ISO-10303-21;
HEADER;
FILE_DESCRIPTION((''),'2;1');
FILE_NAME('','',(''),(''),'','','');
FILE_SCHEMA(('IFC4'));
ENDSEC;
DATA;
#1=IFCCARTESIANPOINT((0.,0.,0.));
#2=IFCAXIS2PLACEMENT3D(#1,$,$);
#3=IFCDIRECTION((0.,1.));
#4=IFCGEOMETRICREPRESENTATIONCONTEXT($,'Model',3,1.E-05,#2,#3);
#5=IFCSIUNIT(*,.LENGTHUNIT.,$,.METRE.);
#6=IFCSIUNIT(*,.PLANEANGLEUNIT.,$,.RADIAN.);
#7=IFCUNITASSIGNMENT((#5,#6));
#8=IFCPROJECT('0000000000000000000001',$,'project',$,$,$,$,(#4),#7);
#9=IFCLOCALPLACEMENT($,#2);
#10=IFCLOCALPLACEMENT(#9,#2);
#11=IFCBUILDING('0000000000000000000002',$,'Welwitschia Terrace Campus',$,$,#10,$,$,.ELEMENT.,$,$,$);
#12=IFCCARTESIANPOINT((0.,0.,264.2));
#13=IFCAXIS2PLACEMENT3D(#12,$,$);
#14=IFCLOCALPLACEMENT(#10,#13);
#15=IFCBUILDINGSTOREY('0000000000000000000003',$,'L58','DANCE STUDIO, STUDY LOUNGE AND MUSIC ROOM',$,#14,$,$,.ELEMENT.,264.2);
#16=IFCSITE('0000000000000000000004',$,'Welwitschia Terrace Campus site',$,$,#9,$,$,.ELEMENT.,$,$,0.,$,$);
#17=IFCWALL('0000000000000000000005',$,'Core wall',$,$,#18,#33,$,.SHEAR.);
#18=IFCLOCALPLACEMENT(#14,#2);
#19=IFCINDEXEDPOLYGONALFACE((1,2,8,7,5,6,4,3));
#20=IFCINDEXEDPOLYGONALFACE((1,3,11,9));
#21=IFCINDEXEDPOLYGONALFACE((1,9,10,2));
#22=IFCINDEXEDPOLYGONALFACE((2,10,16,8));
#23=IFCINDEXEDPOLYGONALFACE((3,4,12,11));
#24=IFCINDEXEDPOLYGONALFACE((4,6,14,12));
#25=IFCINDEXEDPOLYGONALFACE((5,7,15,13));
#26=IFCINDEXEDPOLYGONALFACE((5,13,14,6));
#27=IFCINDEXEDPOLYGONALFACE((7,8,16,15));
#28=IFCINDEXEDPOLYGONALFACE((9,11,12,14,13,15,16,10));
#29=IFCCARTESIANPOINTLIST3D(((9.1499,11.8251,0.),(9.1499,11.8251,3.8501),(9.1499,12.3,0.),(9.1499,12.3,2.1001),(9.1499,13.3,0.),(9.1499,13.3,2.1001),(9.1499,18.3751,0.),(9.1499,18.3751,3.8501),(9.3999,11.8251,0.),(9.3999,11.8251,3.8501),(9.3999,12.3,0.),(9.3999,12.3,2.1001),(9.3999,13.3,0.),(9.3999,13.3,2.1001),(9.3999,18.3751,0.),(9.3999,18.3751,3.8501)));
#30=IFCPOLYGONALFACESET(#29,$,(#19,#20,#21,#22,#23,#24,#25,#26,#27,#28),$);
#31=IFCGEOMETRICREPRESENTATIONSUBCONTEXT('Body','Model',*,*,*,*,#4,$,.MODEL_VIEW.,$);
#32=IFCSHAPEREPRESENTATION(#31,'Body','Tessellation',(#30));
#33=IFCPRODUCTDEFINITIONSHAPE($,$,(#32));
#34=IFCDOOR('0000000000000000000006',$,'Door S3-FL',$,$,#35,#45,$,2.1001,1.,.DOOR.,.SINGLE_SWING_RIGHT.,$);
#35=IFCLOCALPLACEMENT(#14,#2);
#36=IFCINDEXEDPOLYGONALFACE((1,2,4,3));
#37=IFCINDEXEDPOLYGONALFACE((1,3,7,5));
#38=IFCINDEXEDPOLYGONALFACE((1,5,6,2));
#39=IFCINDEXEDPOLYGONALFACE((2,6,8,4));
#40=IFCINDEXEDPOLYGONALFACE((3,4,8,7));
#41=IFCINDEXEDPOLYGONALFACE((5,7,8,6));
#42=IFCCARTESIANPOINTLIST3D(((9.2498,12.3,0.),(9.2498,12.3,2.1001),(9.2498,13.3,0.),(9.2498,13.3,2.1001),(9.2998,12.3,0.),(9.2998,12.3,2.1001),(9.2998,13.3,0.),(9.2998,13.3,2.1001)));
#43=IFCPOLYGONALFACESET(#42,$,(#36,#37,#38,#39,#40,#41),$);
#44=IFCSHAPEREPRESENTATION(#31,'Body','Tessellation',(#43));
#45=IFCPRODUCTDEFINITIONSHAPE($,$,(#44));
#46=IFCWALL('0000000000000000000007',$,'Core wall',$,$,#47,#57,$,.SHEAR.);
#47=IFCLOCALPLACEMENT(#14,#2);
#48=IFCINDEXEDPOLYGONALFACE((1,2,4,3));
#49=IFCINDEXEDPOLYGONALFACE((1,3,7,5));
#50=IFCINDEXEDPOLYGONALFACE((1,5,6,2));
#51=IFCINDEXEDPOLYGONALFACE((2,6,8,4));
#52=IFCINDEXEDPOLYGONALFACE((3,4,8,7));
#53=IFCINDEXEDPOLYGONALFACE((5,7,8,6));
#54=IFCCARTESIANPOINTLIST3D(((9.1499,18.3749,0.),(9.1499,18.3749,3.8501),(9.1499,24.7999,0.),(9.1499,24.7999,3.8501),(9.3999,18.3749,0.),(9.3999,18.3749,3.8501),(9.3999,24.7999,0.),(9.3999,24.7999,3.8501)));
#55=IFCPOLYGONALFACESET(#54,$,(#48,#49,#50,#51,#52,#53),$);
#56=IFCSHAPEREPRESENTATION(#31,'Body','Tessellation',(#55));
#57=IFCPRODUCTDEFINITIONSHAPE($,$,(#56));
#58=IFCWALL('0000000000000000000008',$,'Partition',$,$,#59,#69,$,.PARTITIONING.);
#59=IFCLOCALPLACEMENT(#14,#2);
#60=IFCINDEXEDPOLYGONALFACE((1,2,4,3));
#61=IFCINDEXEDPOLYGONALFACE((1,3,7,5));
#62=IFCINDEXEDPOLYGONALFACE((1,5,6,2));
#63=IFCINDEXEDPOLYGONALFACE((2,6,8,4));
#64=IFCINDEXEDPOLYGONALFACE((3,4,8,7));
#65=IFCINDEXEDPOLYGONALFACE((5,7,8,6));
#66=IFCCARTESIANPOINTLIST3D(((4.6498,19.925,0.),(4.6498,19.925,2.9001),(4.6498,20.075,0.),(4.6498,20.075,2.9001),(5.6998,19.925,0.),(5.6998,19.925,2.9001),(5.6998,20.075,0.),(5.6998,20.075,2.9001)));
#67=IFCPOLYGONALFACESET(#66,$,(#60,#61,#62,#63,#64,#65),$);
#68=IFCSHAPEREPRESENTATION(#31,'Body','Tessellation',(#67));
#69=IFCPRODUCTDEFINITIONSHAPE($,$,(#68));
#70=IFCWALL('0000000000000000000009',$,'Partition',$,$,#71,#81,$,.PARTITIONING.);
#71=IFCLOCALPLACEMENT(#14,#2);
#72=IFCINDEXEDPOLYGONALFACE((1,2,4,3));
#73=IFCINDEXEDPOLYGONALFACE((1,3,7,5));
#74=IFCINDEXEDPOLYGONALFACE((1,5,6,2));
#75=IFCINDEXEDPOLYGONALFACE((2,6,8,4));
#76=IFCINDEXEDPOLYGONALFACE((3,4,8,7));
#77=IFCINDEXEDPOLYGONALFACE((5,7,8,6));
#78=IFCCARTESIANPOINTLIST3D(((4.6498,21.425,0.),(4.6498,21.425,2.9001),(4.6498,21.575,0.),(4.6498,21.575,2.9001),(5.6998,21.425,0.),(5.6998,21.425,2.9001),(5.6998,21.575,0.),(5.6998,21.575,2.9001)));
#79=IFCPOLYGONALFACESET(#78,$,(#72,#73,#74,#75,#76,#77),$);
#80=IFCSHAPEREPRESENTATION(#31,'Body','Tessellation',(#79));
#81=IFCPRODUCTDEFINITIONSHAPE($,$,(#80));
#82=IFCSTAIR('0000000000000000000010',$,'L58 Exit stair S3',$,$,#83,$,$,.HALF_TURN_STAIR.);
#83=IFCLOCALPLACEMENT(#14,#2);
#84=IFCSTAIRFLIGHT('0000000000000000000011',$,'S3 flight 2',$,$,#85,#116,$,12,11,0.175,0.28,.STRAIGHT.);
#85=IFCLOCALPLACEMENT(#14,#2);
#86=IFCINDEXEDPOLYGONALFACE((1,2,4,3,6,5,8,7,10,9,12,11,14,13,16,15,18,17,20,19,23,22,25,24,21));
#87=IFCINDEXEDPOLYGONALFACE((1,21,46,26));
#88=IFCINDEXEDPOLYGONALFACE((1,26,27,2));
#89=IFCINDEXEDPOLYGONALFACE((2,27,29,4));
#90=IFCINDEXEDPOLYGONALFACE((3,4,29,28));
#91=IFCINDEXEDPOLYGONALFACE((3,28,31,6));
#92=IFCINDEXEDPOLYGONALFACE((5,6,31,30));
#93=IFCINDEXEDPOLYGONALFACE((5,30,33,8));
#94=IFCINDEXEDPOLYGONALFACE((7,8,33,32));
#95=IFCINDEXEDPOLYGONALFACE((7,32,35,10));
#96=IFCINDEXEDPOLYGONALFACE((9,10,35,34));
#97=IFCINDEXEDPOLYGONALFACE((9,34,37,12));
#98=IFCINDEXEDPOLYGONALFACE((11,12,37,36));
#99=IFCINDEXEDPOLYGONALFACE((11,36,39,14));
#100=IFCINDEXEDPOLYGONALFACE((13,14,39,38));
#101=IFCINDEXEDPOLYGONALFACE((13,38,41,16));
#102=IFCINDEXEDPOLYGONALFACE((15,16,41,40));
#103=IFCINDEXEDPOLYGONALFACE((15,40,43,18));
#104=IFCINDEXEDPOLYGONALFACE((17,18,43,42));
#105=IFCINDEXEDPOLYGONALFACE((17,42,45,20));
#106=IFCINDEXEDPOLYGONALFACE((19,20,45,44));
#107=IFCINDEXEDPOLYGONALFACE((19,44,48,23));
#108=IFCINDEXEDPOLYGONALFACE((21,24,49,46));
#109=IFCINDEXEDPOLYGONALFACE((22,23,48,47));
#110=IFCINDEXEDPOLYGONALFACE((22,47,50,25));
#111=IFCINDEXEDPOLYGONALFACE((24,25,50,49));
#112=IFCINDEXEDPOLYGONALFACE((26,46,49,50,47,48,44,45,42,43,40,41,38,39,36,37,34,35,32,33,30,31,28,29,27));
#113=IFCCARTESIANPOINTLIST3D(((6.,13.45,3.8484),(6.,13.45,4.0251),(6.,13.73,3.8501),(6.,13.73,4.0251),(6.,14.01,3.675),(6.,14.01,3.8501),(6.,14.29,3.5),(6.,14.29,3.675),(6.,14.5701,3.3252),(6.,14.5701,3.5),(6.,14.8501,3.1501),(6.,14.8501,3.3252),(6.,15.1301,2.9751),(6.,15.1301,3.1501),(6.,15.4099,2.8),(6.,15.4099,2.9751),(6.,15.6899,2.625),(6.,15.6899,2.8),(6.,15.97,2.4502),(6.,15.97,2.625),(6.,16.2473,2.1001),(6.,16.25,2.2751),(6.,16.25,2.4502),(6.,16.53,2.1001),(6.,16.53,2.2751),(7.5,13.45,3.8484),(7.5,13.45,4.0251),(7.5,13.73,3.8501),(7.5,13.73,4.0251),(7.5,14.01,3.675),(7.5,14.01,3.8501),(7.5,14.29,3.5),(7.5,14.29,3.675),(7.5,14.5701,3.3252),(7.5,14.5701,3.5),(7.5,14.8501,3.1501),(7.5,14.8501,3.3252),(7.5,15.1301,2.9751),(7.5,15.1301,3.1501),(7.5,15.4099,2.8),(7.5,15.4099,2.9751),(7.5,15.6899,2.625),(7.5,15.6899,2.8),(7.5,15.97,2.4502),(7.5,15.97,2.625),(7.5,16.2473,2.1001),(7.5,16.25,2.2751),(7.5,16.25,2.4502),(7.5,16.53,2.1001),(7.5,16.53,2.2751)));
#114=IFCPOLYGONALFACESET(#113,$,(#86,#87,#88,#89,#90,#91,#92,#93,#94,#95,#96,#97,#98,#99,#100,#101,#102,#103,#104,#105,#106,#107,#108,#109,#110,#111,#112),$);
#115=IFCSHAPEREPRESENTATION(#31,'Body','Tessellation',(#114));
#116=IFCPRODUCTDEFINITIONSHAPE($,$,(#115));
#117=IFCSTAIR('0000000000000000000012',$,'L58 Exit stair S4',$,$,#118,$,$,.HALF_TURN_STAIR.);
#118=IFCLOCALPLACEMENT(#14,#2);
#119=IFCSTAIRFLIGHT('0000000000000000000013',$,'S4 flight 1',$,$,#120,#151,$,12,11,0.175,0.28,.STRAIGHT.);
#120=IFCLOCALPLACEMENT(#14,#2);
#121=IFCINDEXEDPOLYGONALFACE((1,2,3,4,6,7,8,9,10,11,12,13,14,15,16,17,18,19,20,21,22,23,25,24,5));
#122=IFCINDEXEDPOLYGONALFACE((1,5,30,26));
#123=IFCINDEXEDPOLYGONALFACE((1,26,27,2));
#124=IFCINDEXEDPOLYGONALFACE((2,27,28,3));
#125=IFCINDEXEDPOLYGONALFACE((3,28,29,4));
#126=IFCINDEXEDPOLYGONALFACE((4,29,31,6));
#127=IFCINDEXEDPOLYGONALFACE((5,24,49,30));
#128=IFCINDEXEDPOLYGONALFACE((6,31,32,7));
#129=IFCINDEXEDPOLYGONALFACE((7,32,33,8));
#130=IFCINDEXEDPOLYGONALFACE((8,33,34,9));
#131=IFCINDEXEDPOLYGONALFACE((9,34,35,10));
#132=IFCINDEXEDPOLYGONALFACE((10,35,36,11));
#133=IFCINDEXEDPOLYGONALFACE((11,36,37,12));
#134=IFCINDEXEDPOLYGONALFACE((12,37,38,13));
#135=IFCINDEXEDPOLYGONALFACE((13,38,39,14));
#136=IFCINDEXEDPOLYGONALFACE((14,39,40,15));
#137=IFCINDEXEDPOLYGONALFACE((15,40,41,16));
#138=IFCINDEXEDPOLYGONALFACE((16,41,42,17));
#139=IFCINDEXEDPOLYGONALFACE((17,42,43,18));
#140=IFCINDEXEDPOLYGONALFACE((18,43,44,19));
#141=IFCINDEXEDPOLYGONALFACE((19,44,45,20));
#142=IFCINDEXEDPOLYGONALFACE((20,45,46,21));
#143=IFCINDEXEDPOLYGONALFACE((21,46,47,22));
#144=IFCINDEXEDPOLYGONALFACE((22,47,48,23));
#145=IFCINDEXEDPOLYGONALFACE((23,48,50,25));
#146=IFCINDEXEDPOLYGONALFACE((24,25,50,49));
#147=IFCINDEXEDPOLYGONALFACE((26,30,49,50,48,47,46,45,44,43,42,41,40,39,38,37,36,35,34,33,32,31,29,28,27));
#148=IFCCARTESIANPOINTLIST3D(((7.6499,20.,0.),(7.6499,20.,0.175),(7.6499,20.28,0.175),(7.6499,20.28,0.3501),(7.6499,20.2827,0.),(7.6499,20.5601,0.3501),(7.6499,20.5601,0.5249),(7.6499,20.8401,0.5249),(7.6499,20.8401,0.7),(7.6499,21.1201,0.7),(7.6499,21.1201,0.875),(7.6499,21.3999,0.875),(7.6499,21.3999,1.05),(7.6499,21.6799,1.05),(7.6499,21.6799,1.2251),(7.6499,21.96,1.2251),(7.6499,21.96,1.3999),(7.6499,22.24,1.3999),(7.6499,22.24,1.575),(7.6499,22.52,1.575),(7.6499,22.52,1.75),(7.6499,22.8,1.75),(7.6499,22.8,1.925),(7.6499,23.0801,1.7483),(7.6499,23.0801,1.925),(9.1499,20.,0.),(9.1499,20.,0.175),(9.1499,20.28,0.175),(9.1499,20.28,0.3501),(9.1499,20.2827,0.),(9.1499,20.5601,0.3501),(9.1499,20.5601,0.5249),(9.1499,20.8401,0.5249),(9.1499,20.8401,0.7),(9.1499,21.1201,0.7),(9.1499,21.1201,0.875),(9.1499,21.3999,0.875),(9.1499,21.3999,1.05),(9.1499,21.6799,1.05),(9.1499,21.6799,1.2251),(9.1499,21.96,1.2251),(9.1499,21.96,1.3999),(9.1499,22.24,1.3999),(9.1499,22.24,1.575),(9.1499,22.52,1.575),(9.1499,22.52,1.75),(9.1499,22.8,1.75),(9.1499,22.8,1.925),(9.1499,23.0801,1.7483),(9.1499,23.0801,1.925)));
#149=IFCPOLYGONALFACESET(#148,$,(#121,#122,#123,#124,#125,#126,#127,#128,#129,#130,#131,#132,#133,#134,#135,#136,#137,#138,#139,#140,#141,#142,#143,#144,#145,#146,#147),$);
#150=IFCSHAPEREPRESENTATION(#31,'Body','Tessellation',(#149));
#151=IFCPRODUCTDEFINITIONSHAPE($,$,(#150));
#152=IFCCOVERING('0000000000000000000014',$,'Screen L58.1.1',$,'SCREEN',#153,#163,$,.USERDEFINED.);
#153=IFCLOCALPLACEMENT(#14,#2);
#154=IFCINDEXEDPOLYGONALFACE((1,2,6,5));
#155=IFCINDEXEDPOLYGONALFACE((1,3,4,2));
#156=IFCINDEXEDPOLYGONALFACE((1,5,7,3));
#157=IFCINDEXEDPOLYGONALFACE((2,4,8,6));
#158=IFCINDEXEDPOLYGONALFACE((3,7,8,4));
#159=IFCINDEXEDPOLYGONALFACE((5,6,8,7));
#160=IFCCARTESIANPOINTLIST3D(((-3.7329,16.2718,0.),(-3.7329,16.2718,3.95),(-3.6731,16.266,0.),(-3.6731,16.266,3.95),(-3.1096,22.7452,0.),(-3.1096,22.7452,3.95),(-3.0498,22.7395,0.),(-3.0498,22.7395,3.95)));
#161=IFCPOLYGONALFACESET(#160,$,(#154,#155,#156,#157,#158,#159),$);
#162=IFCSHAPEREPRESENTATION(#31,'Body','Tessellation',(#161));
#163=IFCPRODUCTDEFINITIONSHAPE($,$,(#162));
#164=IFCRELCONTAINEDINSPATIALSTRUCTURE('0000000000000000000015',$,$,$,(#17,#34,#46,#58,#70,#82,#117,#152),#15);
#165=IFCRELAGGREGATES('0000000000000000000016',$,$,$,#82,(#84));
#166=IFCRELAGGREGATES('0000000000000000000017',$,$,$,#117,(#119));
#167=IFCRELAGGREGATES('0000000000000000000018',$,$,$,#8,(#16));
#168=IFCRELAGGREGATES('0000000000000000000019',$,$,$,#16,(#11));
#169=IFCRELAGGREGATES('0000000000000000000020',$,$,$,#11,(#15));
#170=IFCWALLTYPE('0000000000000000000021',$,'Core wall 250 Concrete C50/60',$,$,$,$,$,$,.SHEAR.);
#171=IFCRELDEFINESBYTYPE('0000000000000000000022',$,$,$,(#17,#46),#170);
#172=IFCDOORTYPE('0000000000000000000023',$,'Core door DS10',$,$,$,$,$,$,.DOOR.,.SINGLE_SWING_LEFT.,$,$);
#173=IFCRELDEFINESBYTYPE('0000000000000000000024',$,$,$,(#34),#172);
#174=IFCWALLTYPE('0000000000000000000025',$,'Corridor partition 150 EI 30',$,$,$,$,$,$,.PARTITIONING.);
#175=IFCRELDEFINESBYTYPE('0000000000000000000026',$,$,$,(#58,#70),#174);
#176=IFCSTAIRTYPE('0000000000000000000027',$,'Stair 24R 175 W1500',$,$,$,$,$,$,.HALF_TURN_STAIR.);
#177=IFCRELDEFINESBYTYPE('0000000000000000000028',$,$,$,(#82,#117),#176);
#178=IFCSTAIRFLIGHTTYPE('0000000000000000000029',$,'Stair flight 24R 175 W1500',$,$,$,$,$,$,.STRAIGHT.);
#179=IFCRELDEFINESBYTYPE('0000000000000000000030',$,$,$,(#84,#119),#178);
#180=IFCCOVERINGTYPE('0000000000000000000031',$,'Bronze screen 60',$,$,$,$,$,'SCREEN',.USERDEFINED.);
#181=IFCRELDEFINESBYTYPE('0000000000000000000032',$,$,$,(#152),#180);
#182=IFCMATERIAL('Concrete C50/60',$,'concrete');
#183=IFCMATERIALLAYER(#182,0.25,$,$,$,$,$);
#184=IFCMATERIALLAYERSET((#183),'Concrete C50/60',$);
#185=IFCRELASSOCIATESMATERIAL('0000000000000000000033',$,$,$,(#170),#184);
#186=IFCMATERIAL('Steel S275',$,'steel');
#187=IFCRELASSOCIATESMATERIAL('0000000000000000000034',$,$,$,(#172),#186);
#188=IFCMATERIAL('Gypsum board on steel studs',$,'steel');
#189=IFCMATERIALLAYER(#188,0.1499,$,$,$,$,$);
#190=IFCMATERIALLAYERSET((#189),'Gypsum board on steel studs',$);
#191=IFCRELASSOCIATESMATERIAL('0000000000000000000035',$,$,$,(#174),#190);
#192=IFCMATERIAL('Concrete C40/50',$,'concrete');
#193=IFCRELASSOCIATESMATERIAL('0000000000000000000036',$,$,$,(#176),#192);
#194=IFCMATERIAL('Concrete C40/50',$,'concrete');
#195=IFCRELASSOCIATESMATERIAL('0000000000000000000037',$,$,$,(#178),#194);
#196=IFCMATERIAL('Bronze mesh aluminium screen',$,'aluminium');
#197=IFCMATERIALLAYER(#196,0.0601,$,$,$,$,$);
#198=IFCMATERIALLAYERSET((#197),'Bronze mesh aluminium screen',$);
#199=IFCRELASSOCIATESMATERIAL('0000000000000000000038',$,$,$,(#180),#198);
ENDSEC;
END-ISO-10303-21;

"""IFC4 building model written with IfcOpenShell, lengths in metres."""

from ifc_helpers import new_model, si_unit, direction, frame, frame_2d, origin, origin_2d, place, context, subcontext, project, spatial, polyline, rectangle, outline, extrude, material, layer, layer_set, type_object, element, fill, aggregate, save


model = new_model("IFC4")

# Units and contexts
model_context = context("Model", 3, precision=1e-05, world=origin(), true_north=direction((0.0, 1.0)))
body_context = subcontext(model_context, "Body", "Model", "MODEL_VIEW")
ifc_project = project(units=[si_unit("LENGTHUNIT", "METRE"), si_unit("PLANEANGLEUNIT", "RADIAN")], contexts=[model_context])

# Site, building, storey
site_placement = place(None, origin())
site = spatial("IfcSite", under=ifc_project, at=site_placement, Name="Welwitschia Terrace Campus site", CompositionType="ELEMENT", RefElevation=0.0)
building_placement = place(site_placement, origin())
building = spatial("IfcBuilding", under=site, at=building_placement, Name="Welwitschia Terrace Campus", CompositionType="ELEMENT")
storey_placement = place(building_placement, frame((0.0, 0.0, 264.2)))
storey = spatial("IfcBuildingStorey", under=building, at=storey_placement, Name="L58", Description="DANCE STUDIO, STUDY LOUNGE AND MUSIC ROOM", CompositionType="ELEMENT", Elevation=264.2)

# Shared definitions
ifc_material_1 = material(Name="Concrete C50/60", Category="concrete")
ifc_layer_1 = layer(ifc_material_1, 0.25)
ifc_layer_set_1 = layer_set([ifc_layer_1], Name="Concrete C50/60")
wall_type_1 = type_object("IfcWallType", Name="Core wall 250 Concrete C50/60", PredefinedType="SHEAR", material=ifc_layer_set_1)

# Wall, opening, door
wall_1_placement = place(storey_placement, frame((9.2749, 18.375, 0.0), z_axis=(0.0, 0.0, 1.0), x_axis=(0.0, -1.0, 0.0)))
wall_1 = element("IfcWall", 1, at=wall_1_placement, inside=storey, type_object=wall_type_1, Name="Core wall", PredefinedType="SHEAR", context=body_context, shape_type="SweptSolid", body=[
    extrude(rectangle(XDim=6.55, YDim=0.25, at=frame_2d((3.2749, 0.0))), origin(), (0.0, 0.0, 1.0), 3.8501),
])
opening_placement = place(wall_1_placement, frame((5.075, 0.0, 0.0)))
opening = element("IfcOpeningElement", 2, at=opening_placement, cuts=wall_1, PredefinedType="OPENING", context=body_context, shape_type="SweptSolid", body=[
    extrude(rectangle(XDim=1.0, YDim=2.1001, at=frame_2d((0.5, 1.05))), frame((0.0, 0.135, 0.0), z_axis=(0.0, -1.0, 0.0), x_axis=(1.0, 0.0, 0.0)), (0.0, 0.0, 1.0), 0.27),
])
ifc_material_2 = material(Name="Steel S275", Category="steel")
door_type = type_object("IfcDoorType", Name="Core door DS10", OperationType="SINGLE_SWING_LEFT", PredefinedType="DOOR", material=ifc_material_2)
door_placement = place(opening_placement, origin())
door = element("IfcDoor", 3, at=door_placement, inside=storey, type_object=door_type, Name="Door S3-FL", OperationType="SINGLE_SWING_RIGHT", OverallHeight=2.1001, OverallWidth=1.0, PredefinedType="DOOR", context=body_context, shape_type="SweptSolid", body=[
    extrude(rectangle(XDim=1.0, YDim=2.1001, at=frame_2d((0.5, 1.05))), frame((0.0, 0.0249, 0.0), z_axis=(0.0, -1.0, 0.0), x_axis=(1.0, 0.0, 0.0)), (0.0, 0.0, 1.0), 0.05),
])
fill(opening, door)

# Walls
wall_2_placement = place(storey_placement, frame((9.2749, 18.375, 0.0), z_axis=(0.0, 0.0, 1.0), x_axis=(0.0, 1.0, 0.0)))
element("IfcWall", 4, at=wall_2_placement, inside=storey, type_object=wall_type_1, Name="Core wall", PredefinedType="SHEAR", context=body_context, shape_type="SweptSolid", body=[
    extrude(rectangle(XDim=6.425, YDim=0.25, at=frame_2d((3.2124, 0.0))), origin(), (0.0, 0.0, 1.0), 3.8501),
])
ifc_material_3 = material(Name="Gypsum board on steel studs", Category="steel")
ifc_layer_2 = layer(ifc_material_3, 0.1499)
ifc_layer_set_2 = layer_set([ifc_layer_2], Name="Gypsum board on steel studs")
wall_type_2 = type_object("IfcWallType", Name="Corridor partition 150 EI 30", PredefinedType="PARTITIONING", material=ifc_layer_set_2)
for number, where, z_axis, x_axis, name in (
    (5, (4.6499, 20.0, 0.0), (0.0, 0.0, 1.0), (1.0, 0.0, 0.0), "Partition"),
    (6, (4.6499, 21.5, 0.0), (0.0, 0.0, 1.0), (1.0, 0.0, 0.0), "Partition"),
):
    element("IfcWall", number, at=place(storey_placement, frame(where, z_axis=z_axis, x_axis=x_axis)), inside=storey, type_object=wall_type_2, Name=name, PredefinedType="PARTITIONING", context=body_context, shape_type="SweptSolid", body=[
        extrude(rectangle(XDim=1.05, YDim=0.1499, at=frame_2d((0.5249, 0.0))), origin(), (0.0, 0.0, 1.0), 2.9001),
    ])

# Stairs, stair flights
ifc_material_4 = material(Name="Concrete C40/50", Category="concrete")
stair_type = type_object("IfcStairType", Name="Stair 24R 175 W1500", PredefinedType="HALF_TURN_STAIR", material=ifc_material_4)
stair_1_placement = place(storey_placement, origin())
stair_1 = element("IfcStair", 7, at=stair_1_placement, inside=storey, type_object=stair_type, Name="L58 Exit stair S3", PredefinedType="HALF_TURN_STAIR")
ifc_material_5 = material(Name="Concrete C40/50", Category="concrete")
stair_flight_type = type_object("IfcStairFlightType", Name="Stair flight 24R 175 W1500", PredefinedType="STRAIGHT", material=ifc_material_5)
stair_flight_1_placement = place(storey_placement, frame((6.75, 16.53, 2.1001), z_axis=(0.0, 0.0, 1.0), x_axis=(0.0, -1.0, 0.0)))
stair_flight_1 = element("IfcStairFlight", 8, at=stair_flight_1_placement, type_object=stair_flight_type, Name="S3 flight 2", NumberOfRisers=12, NumberOfTreads=11, PredefinedType="STRAIGHT", RiserHeight=0.175, TreadLength=0.28, context=body_context, shape_type="SweptSolid", body=[
    extrude(outline(polyline([(0.0, 0.0), (0.0, 0.175), (0.28, 0.175), (0.28, 0.3501), (0.5601, 0.3501), (0.5601, 0.5249), (0.8401, 0.5249), (0.8401, 0.7), (1.1201, 0.7), (1.1201, 0.875), (1.3999, 0.875), (1.3999, 1.05), (1.6799, 1.05), (1.6799, 1.2251), (1.96, 1.2251), (1.96, 1.3999), (2.24, 1.3999), (2.24, 1.575), (2.52, 1.575), (2.52, 1.75), (2.8, 1.75), (2.8, 1.925), (3.0801, 1.925), (3.0801, 2.1001), (3.0801, 1.7483), (0.2827, 0.0), (0.0, 0.0)])), frame((0.0, 0.75, 0.0), z_axis=(0.0, -1.0, 0.0), x_axis=(1.0, 0.0, 0.0)), (0.0, 0.0, 1.0), 1.5),
])
aggregate(stair_1, [stair_flight_1])
stair_2_placement = place(storey_placement, origin())
stair_2 = element("IfcStair", 9, at=stair_2_placement, inside=storey, type_object=stair_type, Name="L58 Exit stair S4", PredefinedType="HALF_TURN_STAIR")
stair_flight_2_placement = place(storey_placement, frame((8.3999, 20.0, 0.0), z_axis=(0.0, 0.0, 1.0), x_axis=(0.0, 1.0, 0.0)))
stair_flight_2 = element("IfcStairFlight", 10, at=stair_flight_2_placement, type_object=stair_flight_type, Name="S4 flight 1", NumberOfRisers=12, NumberOfTreads=11, PredefinedType="STRAIGHT", RiserHeight=0.175, TreadLength=0.28, context=body_context, shape_type="SweptSolid", body=[
    extrude(outline(polyline([(0.0, 0.0), (0.0, 0.175), (0.28, 0.175), (0.28, 0.3501), (0.5601, 0.3501), (0.5601, 0.5249), (0.8401, 0.5249), (0.8401, 0.7), (1.1201, 0.7), (1.1201, 0.875), (1.3999, 0.875), (1.3999, 1.05), (1.6799, 1.05), (1.6799, 1.2251), (1.96, 1.2251), (1.96, 1.3999), (2.24, 1.3999), (2.24, 1.575), (2.52, 1.575), (2.52, 1.75), (2.8, 1.75), (2.8, 1.925), (3.0801, 1.925), (3.0801, 2.1001), (3.0801, 1.7483), (0.2827, 0.0), (0.0, 0.0)])), frame((0.0, 0.75, 0.0), z_axis=(0.0, -1.0, 0.0), x_axis=(1.0, 0.0, 0.0)), (0.0, 0.0, 1.0), 1.5),
])
aggregate(stair_2, [stair_flight_2])

# Covering
ifc_material_6 = material(Name="Bronze mesh aluminium screen", Category="aluminium")
ifc_layer_3 = layer(ifc_material_6, 0.0601)
ifc_layer_set_3 = layer_set([ifc_layer_3], Name="Bronze mesh aluminium screen")
covering_type = type_object("IfcCoveringType", Name="Bronze screen 60", ElementType="SCREEN", PredefinedType="USERDEFINED", material=ifc_layer_set_3)
covering_placement = place(storey_placement, frame((-3.3914, 19.5056, 0.0), z_axis=(0.0, 0.0, 1.0), x_axis=(-0.095846, -0.995396, 0.0)))
element("IfcCovering", 11, at=covering_placement, inside=storey, type_object=covering_type, Name="Screen L58.1.1", ObjectType="SCREEN", PredefinedType="USERDEFINED", context=body_context, shape_type="SweptSolid", body=[
    extrude(rectangle(XDim=6.5034, YDim=0.0601, at=origin_2d()), origin(), (0.0, 0.0, 1.0), 3.95),
])

save(model, "model.ifc")
